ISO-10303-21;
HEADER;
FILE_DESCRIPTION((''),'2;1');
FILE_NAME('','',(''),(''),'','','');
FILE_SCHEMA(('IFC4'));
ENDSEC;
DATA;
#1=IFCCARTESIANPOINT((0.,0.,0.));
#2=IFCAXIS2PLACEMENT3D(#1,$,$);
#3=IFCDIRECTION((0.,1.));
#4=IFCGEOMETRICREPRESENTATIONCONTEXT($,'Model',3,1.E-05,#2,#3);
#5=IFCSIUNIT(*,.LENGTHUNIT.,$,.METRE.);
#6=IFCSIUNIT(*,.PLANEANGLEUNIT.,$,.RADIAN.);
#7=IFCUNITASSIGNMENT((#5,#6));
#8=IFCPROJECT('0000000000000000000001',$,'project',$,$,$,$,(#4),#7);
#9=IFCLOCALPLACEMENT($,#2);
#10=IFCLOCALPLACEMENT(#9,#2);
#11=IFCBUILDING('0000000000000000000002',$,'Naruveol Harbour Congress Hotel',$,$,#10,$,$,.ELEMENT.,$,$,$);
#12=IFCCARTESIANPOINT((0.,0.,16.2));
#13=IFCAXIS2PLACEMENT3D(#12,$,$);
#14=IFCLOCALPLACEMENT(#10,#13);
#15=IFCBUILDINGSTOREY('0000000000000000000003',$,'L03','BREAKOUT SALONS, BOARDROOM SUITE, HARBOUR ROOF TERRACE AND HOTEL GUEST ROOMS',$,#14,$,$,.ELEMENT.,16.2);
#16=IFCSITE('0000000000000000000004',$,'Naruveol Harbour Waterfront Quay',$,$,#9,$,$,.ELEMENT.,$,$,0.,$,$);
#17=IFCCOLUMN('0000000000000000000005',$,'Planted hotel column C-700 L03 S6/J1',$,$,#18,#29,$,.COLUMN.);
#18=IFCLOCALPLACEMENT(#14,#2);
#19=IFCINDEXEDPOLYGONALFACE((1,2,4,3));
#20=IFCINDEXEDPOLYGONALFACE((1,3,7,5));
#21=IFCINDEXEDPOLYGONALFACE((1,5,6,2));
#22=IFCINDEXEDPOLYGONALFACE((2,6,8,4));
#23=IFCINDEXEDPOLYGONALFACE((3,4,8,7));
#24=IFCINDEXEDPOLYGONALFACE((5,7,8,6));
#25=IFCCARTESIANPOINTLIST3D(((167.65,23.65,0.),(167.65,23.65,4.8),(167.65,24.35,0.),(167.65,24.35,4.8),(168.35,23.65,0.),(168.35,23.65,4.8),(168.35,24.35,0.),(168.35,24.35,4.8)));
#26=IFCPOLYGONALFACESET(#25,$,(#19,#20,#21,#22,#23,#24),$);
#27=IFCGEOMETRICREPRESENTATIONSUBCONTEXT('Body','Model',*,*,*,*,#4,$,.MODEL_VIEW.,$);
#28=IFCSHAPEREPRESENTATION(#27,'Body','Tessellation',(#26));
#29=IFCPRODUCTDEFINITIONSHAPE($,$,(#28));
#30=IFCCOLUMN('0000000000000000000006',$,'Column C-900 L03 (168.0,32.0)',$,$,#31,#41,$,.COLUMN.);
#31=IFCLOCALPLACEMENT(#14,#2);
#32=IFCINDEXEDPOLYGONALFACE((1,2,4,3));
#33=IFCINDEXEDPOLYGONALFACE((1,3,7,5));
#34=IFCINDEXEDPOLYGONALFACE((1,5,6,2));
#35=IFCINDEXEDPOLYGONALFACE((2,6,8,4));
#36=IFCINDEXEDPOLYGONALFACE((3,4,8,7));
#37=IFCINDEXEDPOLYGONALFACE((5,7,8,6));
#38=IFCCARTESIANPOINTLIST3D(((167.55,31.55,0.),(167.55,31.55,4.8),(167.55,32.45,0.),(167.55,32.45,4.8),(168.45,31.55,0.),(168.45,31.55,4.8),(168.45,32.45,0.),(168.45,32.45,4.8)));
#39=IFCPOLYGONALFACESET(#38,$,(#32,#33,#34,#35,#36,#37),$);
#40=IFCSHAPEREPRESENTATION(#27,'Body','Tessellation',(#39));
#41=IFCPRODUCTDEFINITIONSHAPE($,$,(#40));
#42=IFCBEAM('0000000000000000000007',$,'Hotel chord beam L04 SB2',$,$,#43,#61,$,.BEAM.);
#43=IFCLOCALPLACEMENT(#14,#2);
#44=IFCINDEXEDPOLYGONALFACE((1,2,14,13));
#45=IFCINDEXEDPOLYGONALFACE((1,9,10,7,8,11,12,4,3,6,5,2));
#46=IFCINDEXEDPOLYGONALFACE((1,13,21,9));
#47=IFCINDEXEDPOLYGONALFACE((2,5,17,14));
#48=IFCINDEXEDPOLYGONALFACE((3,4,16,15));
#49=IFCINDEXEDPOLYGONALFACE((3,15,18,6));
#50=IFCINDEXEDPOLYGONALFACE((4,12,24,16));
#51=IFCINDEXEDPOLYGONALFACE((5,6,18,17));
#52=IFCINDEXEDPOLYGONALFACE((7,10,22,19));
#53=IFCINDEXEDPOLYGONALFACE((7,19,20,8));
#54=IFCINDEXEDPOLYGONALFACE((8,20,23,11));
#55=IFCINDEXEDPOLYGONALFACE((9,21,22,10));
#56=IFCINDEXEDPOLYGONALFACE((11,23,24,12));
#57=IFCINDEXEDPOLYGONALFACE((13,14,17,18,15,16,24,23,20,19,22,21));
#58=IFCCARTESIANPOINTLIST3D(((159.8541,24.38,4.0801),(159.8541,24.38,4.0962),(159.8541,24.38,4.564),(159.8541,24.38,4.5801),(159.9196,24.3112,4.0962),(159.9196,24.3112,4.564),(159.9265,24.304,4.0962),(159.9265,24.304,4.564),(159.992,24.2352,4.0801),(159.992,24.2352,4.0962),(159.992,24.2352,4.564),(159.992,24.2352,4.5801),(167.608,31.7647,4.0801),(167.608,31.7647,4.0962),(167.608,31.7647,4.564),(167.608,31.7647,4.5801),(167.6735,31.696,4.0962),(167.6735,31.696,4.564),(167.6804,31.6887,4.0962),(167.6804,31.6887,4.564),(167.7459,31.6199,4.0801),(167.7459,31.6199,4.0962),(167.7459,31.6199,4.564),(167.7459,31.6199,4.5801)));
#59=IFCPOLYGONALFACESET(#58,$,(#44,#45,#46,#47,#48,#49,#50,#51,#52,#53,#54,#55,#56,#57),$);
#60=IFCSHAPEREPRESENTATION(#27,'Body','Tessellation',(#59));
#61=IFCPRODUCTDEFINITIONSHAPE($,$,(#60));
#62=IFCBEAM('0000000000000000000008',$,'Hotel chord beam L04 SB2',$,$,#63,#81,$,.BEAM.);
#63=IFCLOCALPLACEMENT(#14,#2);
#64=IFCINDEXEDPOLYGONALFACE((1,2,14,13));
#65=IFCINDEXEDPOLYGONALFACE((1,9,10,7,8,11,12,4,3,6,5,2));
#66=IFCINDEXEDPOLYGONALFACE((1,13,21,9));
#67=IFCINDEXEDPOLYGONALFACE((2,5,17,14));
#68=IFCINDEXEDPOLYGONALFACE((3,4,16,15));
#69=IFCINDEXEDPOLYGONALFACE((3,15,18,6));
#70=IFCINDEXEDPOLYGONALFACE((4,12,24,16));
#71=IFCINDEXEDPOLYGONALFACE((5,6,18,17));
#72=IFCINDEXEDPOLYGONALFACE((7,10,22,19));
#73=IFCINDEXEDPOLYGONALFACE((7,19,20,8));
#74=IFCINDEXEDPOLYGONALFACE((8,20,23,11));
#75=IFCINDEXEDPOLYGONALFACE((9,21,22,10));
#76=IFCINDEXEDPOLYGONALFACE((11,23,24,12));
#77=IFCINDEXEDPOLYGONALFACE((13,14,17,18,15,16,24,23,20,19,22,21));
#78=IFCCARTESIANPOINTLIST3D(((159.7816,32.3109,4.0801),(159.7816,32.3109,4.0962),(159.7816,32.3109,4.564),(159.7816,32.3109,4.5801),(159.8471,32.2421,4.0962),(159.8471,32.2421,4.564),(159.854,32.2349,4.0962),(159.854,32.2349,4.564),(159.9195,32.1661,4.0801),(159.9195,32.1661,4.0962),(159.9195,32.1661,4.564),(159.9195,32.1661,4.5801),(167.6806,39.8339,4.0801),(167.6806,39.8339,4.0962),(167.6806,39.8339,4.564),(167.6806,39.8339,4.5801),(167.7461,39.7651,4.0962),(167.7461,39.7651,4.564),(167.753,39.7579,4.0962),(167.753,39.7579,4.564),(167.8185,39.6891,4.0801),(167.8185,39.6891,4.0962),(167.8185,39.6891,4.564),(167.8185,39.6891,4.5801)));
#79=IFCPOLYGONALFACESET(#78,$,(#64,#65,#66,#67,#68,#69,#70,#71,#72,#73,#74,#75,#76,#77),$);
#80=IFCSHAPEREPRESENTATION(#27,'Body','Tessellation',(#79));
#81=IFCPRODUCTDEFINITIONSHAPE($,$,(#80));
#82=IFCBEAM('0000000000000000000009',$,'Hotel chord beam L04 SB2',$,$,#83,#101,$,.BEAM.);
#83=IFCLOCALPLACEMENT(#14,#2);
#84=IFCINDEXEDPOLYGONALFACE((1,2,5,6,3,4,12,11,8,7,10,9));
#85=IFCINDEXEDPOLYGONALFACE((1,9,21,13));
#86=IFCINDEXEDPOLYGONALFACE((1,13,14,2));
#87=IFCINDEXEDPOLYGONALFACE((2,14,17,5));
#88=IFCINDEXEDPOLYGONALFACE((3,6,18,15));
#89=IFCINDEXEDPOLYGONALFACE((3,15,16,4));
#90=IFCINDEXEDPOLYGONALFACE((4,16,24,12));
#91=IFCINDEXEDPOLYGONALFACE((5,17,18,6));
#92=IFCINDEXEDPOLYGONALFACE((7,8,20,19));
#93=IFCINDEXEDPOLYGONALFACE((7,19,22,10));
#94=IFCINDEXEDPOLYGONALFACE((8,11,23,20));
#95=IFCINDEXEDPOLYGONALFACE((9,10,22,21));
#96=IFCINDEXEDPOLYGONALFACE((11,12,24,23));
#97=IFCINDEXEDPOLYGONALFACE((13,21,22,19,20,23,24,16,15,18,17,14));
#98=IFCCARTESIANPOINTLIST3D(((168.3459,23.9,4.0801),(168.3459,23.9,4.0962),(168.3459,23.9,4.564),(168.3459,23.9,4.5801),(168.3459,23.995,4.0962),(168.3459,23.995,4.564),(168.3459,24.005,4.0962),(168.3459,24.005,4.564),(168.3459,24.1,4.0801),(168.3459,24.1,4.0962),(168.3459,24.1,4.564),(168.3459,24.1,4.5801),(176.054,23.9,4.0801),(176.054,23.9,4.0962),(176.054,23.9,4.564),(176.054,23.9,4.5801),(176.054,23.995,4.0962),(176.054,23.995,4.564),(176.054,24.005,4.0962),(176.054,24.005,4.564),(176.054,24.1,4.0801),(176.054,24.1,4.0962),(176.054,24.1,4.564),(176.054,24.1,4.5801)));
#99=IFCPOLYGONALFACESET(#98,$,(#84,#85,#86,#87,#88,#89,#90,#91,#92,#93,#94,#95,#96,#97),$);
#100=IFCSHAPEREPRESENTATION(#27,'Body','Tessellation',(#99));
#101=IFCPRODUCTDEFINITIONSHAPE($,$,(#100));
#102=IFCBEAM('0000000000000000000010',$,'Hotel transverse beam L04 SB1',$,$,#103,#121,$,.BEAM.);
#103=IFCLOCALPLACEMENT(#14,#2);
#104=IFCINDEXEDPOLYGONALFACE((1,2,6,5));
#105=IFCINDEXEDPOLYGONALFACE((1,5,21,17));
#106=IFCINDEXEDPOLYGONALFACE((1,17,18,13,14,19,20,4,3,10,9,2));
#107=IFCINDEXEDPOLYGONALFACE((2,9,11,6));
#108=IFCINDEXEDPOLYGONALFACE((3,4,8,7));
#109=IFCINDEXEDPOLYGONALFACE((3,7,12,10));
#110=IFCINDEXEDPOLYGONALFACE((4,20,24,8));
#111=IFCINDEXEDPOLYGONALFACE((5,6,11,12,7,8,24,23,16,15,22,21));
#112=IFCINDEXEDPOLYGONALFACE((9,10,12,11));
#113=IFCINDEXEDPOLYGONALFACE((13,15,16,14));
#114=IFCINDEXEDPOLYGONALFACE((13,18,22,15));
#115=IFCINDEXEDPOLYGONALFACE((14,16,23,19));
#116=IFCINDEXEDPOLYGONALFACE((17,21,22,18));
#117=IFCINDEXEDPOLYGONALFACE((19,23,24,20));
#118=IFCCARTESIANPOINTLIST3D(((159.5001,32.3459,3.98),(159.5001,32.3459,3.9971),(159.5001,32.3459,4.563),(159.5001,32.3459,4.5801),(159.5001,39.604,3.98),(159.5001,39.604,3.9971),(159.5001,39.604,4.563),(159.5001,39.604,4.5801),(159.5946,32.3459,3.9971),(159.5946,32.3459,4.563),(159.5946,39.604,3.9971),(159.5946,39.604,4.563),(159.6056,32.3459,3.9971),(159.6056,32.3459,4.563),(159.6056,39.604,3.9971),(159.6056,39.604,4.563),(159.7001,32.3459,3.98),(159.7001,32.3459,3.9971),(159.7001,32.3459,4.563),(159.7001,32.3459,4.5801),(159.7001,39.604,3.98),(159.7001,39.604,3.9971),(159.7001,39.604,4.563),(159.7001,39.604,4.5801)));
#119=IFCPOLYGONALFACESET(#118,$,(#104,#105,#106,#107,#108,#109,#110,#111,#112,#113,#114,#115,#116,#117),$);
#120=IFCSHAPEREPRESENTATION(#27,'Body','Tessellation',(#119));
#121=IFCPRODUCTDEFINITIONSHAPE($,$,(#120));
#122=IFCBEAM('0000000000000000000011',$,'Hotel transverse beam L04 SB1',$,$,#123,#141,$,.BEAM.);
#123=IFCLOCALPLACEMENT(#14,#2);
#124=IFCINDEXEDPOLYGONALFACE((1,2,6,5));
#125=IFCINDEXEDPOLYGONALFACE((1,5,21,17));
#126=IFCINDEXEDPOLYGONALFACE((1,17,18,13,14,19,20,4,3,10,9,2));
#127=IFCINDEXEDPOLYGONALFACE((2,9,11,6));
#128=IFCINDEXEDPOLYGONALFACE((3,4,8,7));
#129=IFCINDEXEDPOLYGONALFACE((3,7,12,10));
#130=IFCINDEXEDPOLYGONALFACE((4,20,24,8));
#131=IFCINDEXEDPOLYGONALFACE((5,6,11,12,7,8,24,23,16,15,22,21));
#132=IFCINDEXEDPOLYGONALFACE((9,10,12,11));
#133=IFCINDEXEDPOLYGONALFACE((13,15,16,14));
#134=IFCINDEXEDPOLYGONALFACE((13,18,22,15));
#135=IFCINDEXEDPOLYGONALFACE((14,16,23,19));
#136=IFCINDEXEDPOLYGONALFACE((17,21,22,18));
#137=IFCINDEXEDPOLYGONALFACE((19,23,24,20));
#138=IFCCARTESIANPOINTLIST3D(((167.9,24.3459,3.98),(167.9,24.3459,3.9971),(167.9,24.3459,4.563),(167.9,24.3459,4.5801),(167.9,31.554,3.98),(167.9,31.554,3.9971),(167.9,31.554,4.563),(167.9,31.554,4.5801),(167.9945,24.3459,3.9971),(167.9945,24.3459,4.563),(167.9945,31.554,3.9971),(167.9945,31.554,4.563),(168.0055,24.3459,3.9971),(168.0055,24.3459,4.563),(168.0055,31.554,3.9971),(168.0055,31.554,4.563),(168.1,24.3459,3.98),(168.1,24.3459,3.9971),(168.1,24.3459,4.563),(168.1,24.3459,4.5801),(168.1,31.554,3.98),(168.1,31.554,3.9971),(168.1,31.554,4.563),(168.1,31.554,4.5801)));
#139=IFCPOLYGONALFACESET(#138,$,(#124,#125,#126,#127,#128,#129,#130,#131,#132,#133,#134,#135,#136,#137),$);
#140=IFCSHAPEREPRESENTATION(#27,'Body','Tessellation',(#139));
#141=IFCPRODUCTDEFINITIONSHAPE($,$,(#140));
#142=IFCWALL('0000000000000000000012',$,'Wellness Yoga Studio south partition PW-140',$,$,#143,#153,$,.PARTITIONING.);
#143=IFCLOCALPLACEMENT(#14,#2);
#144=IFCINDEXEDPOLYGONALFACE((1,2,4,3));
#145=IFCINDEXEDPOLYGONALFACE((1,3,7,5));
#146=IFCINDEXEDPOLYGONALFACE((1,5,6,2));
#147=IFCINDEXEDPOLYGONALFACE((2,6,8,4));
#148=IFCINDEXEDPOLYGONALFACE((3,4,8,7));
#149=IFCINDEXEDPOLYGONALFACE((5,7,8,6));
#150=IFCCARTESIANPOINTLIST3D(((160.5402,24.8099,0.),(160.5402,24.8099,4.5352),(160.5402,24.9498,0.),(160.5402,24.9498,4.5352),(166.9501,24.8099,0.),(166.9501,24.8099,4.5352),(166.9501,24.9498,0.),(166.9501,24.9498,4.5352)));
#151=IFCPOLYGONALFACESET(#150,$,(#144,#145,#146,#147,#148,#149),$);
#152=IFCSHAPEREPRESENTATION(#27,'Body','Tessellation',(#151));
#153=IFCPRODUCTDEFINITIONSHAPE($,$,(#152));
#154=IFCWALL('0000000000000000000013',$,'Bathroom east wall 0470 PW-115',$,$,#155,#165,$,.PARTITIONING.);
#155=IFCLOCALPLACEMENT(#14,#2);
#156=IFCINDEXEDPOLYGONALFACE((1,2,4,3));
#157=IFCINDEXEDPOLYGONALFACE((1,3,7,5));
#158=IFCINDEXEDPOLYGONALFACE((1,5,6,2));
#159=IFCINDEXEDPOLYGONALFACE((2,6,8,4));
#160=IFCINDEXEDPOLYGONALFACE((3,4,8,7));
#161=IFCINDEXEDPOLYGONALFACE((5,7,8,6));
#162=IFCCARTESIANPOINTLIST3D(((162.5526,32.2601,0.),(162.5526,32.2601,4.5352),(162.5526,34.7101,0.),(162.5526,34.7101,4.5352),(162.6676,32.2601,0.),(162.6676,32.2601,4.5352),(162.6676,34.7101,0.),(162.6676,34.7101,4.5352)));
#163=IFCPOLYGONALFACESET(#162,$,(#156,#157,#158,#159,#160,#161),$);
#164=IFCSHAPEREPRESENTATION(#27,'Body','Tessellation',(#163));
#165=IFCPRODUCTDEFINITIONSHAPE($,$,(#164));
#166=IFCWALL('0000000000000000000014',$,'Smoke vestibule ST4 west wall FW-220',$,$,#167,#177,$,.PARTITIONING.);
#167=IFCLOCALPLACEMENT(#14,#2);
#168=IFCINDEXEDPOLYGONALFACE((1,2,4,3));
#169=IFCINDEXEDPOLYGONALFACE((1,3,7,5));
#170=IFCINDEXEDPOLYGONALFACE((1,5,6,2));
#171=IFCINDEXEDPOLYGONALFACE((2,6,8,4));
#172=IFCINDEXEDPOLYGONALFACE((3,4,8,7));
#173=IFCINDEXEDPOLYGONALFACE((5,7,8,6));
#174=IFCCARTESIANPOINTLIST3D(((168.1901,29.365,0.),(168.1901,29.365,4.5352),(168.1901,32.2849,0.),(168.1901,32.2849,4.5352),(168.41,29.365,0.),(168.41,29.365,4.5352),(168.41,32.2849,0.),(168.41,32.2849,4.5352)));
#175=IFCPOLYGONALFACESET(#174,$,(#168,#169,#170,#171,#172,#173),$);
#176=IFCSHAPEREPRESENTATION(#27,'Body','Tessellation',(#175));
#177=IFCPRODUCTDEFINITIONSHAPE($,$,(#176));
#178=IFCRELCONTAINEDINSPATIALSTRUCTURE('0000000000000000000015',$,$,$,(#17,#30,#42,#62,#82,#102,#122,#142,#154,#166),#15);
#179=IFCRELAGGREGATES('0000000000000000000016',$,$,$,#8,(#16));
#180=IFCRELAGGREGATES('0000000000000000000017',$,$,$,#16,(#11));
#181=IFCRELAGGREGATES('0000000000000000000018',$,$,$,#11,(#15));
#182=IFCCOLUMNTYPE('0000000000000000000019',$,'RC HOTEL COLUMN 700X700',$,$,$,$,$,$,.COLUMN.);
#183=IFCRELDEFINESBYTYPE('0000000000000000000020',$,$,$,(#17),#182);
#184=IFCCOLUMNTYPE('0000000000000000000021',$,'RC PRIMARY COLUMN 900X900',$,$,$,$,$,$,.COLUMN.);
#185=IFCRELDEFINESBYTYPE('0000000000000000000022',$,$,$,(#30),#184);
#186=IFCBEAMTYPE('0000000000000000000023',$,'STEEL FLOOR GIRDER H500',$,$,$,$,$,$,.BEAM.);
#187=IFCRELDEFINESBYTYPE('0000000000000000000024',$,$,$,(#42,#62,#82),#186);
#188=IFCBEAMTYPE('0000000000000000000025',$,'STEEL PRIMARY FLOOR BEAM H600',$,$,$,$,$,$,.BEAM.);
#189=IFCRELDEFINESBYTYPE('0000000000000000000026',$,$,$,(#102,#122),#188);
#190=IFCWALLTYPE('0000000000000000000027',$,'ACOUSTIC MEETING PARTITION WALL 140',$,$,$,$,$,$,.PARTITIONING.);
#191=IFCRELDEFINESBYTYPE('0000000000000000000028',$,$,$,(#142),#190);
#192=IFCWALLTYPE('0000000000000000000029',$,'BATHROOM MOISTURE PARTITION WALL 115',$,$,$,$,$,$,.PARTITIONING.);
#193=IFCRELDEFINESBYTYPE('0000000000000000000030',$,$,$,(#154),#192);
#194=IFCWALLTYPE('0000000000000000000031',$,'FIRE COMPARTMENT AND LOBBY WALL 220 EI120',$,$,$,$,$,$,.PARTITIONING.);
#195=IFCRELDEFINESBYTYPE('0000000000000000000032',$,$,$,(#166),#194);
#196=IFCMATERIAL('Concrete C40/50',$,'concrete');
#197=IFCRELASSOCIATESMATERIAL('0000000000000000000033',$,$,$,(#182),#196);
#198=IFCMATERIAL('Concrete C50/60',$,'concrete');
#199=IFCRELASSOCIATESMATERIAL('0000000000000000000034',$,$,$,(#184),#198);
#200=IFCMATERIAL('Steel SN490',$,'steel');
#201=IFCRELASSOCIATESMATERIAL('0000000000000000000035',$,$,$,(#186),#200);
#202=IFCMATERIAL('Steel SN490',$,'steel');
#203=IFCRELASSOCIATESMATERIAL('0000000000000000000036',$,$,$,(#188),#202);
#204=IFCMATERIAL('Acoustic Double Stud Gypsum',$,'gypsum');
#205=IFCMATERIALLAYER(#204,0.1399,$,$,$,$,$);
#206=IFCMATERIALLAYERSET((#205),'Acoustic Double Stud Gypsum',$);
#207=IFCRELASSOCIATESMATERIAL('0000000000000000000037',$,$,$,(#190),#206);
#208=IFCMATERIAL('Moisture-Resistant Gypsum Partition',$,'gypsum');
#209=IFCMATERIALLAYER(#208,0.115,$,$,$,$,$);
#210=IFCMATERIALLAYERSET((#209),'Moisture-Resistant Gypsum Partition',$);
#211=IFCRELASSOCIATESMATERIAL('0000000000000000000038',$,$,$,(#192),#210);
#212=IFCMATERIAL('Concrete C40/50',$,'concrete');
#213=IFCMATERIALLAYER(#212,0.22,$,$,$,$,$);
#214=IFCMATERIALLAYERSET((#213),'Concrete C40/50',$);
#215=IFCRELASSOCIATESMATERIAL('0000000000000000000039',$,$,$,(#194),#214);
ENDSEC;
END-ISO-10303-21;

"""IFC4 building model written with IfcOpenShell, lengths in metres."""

from ifc_helpers import new_model, si_unit, direction, frame, frame_2d, origin, origin_2d, place, context, subcontext, project, spatial, rectangle, i_section, extrude, material, layer, layer_set, material_profile, profile_set, type_object, element, save


model = new_model("IFC4")

# Units and contexts
model_context = context("Model", 3, precision=1e-05, world=origin(), true_north=direction((0.0, 1.0)))
body_context = subcontext(model_context, "Body", "Model", "MODEL_VIEW")
ifc_project = project(units=[si_unit("LENGTHUNIT", "METRE"), si_unit("PLANEANGLEUNIT", "RADIAN")], contexts=[model_context])

# Site, building, storey
site_placement = place(None, origin())
site = spatial("IfcSite", under=ifc_project, at=site_placement, Name="Naruveol Harbour Waterfront Quay", CompositionType="ELEMENT", RefElevation=0.0)
building_placement = place(site_placement, origin())
building = spatial("IfcBuilding", under=site, at=building_placement, Name="Naruveol Harbour Congress Hotel", CompositionType="ELEMENT")
storey_placement = place(building_placement, frame((0.0, 0.0, 16.2)))
storey = spatial("IfcBuildingStorey", under=building, at=storey_placement, Name="L03", Description="BREAKOUT SALONS, BOARDROOM SUITE, HARBOUR ROOF TERRACE AND HOTEL GUEST ROOMS", CompositionType="ELEMENT", Elevation=16.2)

# Columns
ifc_material_1 = material(Name="Concrete C40/50", Category="concrete")
ifc_material_profile_1 = material_profile(ifc_material_1, rectangle(XDim=0.7, YDim=0.7, at=origin_2d()), Name="RC-700x700")
ifc_profile_set_1 = profile_set([ifc_material_profile_1], Name="Concrete C40/50")
column_type_1 = type_object("IfcColumnType", Name="RC HOTEL COLUMN 700X700", PredefinedType="COLUMN", material=ifc_profile_set_1)
column_1_placement = place(storey_placement, frame((168.0, 24.0, 0.0), z_axis=(0.0, 0.0, 1.0), x_axis=(1.0, 0.0, 0.0)))
element("IfcColumn", 1, at=column_1_placement, inside=storey, type_object=column_type_1, Name="Planted hotel column C-700 L03 S6/J1", PredefinedType="COLUMN", context=body_context, shape_type="SweptSolid", body=[
    extrude(rectangle(XDim=0.7, YDim=0.7, at=origin_2d()), origin(), (0.0, 0.0, 1.0), 4.8),
])
ifc_material_2 = material(Name="Concrete C50/60", Category="concrete")
ifc_material_profile_2 = material_profile(ifc_material_2, rectangle(XDim=0.8999, YDim=0.8999, at=origin_2d()), Name="RC-900x900")
ifc_profile_set_2 = profile_set([ifc_material_profile_2], Name="Concrete C50/60")
column_type_2 = type_object("IfcColumnType", Name="RC PRIMARY COLUMN 900X900", PredefinedType="COLUMN", material=ifc_profile_set_2)
column_2_placement = place(storey_placement, frame((168.0, 32.0, 0.0), z_axis=(0.0, 0.0, 1.0), x_axis=(1.0, 0.0, 0.0)))
element("IfcColumn", 2, at=column_2_placement, inside=storey, type_object=column_type_2, Name="Column C-900 L03 (168.0,32.0)", PredefinedType="COLUMN", context=body_context, shape_type="SweptSolid", body=[
    extrude(rectangle(XDim=0.8999, YDim=0.8999, at=origin_2d()), origin(), (0.0, 0.0, 1.0), 4.8),
])

# Beams
ifc_material_3 = material(Name="Steel SN490", Category="steel")
ifc_material_profile_3 = material_profile(ifc_material_3, i_section(OverallWidth=0.2, OverallDepth=0.5, WebThickness=0.01, FlangeThickness=0.0161, at=origin_2d()), Name="H-500x200x10x16")
ifc_profile_set_3 = profile_set([ifc_material_profile_3], Name="Steel SN490")
beam_type_1 = type_object("IfcBeamType", Name="STEEL FLOOR GIRDER H500", PredefinedType="BEAM", material=ifc_profile_set_3)
beam_1_placement = place(storey_placement, frame((159.9231, 24.3076, 4.3301), z_axis=(0.724134, 0.68966, 0.0), x_axis=(-0.68966, 0.724134, 0.0)))
element("IfcBeam", 3, at=beam_1_placement, inside=storey, type_object=beam_type_1, Name="Hotel chord beam L04 SB2", PredefinedType="BEAM", context=body_context, shape_type="SweptSolid", body=[
    extrude(i_section(OverallWidth=0.2, OverallDepth=0.5, WebThickness=0.01, FlangeThickness=0.0161, at=origin_2d()), origin(), (0.0, 0.0, 1.0), 10.7078),
])
beam_2_placement = place(storey_placement, frame((159.8506, 32.2385, 4.3301), z_axis=(0.72413, 0.689663, 0.0), x_axis=(-0.689663, 0.72413, 0.0)))
element("IfcBeam", 4, at=beam_2_placement, inside=storey, type_object=beam_type_1, Name="Hotel chord beam L04 SB2", PredefinedType="BEAM", context=body_context, shape_type="SweptSolid", body=[
    extrude(i_section(OverallWidth=0.2, OverallDepth=0.5, WebThickness=0.01, FlangeThickness=0.0161, at=origin_2d()), origin(), (0.0, 0.0, 1.0), 10.9082),
])
beam_3_placement = place(storey_placement, frame((168.3459, 24.0, 4.3301), z_axis=(1.0, 0.0, 0.0), x_axis=(0.0, 1.0, 0.0)))
element("IfcBeam", 5, at=beam_3_placement, inside=storey, type_object=beam_type_1, Name="Hotel chord beam L04 SB2", PredefinedType="BEAM", context=body_context, shape_type="SweptSolid", body=[
    extrude(i_section(OverallWidth=0.2, OverallDepth=0.5, WebThickness=0.01, FlangeThickness=0.0161, at=origin_2d()), origin(), (0.0, 0.0, 1.0), 7.708),
])
ifc_material_4 = material(Name="Steel SN490", Category="steel")
ifc_material_profile_4 = material_profile(ifc_material_4, i_section(OverallWidth=0.2, OverallDepth=0.6001, WebThickness=0.011, FlangeThickness=0.0171, at=origin_2d()), Name="H-600x200x11x17")
ifc_profile_set_4 = profile_set([ifc_material_profile_4], Name="Steel SN490")
beam_type_2 = type_object("IfcBeamType", Name="STEEL PRIMARY FLOOR BEAM H600", PredefinedType="BEAM", material=ifc_profile_set_4)
beam_4_placement = place(storey_placement, frame((159.6001, 32.3459, 4.28), z_axis=(0.0, 1.0, 0.0), x_axis=(-1.0, 0.0, 0.0)))
element("IfcBeam", 6, at=beam_4_placement, inside=storey, type_object=beam_type_2, Name="Hotel transverse beam L04 SB1", PredefinedType="BEAM", context=body_context, shape_type="SweptSolid", body=[
    extrude(i_section(OverallWidth=0.2, OverallDepth=0.6001, WebThickness=0.011, FlangeThickness=0.0171, at=origin_2d()), origin(), (0.0, 0.0, 1.0), 7.2581),
])
beam_5_placement = place(storey_placement, frame((168.0, 24.3459, 4.28), z_axis=(0.0, 1.0, 0.0), x_axis=(-1.0, 0.0, 0.0)))
element("IfcBeam", 7, at=beam_5_placement, inside=storey, type_object=beam_type_2, Name="Hotel transverse beam L04 SB1", PredefinedType="BEAM", context=body_context, shape_type="SweptSolid", body=[
    extrude(i_section(OverallWidth=0.2, OverallDepth=0.6001, WebThickness=0.011, FlangeThickness=0.0171, at=origin_2d()), origin(), (0.0, 0.0, 1.0), 7.208),
])

# Shared definitions
ifc_material_5 = material(Name="Acoustic Double Stud Gypsum", Category="gypsum")
ifc_layer_1 = layer(ifc_material_5, 0.1399)
ifc_layer_set_1 = layer_set([ifc_layer_1], Name="Acoustic Double Stud Gypsum")
wall_type_1 = type_object("IfcWallType", Name="ACOUSTIC MEETING PARTITION WALL 140", PredefinedType="PARTITIONING", material=ifc_layer_set_1)

# Walls
wall_1_placement = place(storey_placement, frame((160.54, 24.8799, 0.0), z_axis=(0.0, 0.0, 1.0), x_axis=(1.0, 0.0, 0.0)))
element("IfcWall", 8, at=wall_1_placement, inside=storey, type_object=wall_type_1, Name="Wellness Yoga Studio south partition PW-140", PredefinedType="PARTITIONING", context=body_context, shape_type="SweptSolid", body=[
    extrude(rectangle(XDim=6.4099, YDim=0.1399, at=frame_2d((3.2051, 0.0))), origin(), (0.0, 0.0, 1.0), 4.5352),
])
ifc_material_6 = material(Name="Moisture-Resistant Gypsum Partition", Category="gypsum")
ifc_layer_2 = layer(ifc_material_6, 0.115)
ifc_layer_set_2 = layer_set([ifc_layer_2], Name="Moisture-Resistant Gypsum Partition")
wall_type_2 = type_object("IfcWallType", Name="BATHROOM MOISTURE PARTITION WALL 115", PredefinedType="PARTITIONING", material=ifc_layer_set_2)
wall_2_placement = place(storey_placement, frame((162.6101, 32.26, 0.0), z_axis=(0.0, 0.0, 1.0), x_axis=(0.0, 1.0, 0.0)))
element("IfcWall", 9, at=wall_2_placement, inside=storey, type_object=wall_type_2, Name="Bathroom east wall 0470 PW-115", PredefinedType="PARTITIONING", context=body_context, shape_type="SweptSolid", body=[
    extrude(rectangle(XDim=2.45, YDim=0.115, at=frame_2d((1.2251, 0.0))), origin(), (0.0, 0.0, 1.0), 4.5352),
])
ifc_material_7 = material(Name="Concrete C40/50", Category="concrete")
ifc_layer_3 = layer(ifc_material_7, 0.22)
ifc_layer_set_3 = layer_set([ifc_layer_3], Name="Concrete C40/50")
wall_type_3 = type_object("IfcWallType", Name="FIRE COMPARTMENT AND LOBBY WALL 220 EI120", PredefinedType="PARTITIONING", material=ifc_layer_set_3)
wall_3_placement = place(storey_placement, frame((168.3, 29.365, 0.0), z_axis=(0.0, 0.0, 1.0), x_axis=(0.0, 1.0, 0.0)))
element("IfcWall", 10, at=wall_3_placement, inside=storey, type_object=wall_type_3, Name="Smoke vestibule ST4 west wall FW-220", PredefinedType="PARTITIONING", context=body_context, shape_type="SweptSolid", body=[
    extrude(rectangle(XDim=2.9199, YDim=0.22, at=frame_2d((1.46, 0.0))), origin(), (0.0, 0.0, 1.0), 4.5352),
])

save(model, "model.ifc")
